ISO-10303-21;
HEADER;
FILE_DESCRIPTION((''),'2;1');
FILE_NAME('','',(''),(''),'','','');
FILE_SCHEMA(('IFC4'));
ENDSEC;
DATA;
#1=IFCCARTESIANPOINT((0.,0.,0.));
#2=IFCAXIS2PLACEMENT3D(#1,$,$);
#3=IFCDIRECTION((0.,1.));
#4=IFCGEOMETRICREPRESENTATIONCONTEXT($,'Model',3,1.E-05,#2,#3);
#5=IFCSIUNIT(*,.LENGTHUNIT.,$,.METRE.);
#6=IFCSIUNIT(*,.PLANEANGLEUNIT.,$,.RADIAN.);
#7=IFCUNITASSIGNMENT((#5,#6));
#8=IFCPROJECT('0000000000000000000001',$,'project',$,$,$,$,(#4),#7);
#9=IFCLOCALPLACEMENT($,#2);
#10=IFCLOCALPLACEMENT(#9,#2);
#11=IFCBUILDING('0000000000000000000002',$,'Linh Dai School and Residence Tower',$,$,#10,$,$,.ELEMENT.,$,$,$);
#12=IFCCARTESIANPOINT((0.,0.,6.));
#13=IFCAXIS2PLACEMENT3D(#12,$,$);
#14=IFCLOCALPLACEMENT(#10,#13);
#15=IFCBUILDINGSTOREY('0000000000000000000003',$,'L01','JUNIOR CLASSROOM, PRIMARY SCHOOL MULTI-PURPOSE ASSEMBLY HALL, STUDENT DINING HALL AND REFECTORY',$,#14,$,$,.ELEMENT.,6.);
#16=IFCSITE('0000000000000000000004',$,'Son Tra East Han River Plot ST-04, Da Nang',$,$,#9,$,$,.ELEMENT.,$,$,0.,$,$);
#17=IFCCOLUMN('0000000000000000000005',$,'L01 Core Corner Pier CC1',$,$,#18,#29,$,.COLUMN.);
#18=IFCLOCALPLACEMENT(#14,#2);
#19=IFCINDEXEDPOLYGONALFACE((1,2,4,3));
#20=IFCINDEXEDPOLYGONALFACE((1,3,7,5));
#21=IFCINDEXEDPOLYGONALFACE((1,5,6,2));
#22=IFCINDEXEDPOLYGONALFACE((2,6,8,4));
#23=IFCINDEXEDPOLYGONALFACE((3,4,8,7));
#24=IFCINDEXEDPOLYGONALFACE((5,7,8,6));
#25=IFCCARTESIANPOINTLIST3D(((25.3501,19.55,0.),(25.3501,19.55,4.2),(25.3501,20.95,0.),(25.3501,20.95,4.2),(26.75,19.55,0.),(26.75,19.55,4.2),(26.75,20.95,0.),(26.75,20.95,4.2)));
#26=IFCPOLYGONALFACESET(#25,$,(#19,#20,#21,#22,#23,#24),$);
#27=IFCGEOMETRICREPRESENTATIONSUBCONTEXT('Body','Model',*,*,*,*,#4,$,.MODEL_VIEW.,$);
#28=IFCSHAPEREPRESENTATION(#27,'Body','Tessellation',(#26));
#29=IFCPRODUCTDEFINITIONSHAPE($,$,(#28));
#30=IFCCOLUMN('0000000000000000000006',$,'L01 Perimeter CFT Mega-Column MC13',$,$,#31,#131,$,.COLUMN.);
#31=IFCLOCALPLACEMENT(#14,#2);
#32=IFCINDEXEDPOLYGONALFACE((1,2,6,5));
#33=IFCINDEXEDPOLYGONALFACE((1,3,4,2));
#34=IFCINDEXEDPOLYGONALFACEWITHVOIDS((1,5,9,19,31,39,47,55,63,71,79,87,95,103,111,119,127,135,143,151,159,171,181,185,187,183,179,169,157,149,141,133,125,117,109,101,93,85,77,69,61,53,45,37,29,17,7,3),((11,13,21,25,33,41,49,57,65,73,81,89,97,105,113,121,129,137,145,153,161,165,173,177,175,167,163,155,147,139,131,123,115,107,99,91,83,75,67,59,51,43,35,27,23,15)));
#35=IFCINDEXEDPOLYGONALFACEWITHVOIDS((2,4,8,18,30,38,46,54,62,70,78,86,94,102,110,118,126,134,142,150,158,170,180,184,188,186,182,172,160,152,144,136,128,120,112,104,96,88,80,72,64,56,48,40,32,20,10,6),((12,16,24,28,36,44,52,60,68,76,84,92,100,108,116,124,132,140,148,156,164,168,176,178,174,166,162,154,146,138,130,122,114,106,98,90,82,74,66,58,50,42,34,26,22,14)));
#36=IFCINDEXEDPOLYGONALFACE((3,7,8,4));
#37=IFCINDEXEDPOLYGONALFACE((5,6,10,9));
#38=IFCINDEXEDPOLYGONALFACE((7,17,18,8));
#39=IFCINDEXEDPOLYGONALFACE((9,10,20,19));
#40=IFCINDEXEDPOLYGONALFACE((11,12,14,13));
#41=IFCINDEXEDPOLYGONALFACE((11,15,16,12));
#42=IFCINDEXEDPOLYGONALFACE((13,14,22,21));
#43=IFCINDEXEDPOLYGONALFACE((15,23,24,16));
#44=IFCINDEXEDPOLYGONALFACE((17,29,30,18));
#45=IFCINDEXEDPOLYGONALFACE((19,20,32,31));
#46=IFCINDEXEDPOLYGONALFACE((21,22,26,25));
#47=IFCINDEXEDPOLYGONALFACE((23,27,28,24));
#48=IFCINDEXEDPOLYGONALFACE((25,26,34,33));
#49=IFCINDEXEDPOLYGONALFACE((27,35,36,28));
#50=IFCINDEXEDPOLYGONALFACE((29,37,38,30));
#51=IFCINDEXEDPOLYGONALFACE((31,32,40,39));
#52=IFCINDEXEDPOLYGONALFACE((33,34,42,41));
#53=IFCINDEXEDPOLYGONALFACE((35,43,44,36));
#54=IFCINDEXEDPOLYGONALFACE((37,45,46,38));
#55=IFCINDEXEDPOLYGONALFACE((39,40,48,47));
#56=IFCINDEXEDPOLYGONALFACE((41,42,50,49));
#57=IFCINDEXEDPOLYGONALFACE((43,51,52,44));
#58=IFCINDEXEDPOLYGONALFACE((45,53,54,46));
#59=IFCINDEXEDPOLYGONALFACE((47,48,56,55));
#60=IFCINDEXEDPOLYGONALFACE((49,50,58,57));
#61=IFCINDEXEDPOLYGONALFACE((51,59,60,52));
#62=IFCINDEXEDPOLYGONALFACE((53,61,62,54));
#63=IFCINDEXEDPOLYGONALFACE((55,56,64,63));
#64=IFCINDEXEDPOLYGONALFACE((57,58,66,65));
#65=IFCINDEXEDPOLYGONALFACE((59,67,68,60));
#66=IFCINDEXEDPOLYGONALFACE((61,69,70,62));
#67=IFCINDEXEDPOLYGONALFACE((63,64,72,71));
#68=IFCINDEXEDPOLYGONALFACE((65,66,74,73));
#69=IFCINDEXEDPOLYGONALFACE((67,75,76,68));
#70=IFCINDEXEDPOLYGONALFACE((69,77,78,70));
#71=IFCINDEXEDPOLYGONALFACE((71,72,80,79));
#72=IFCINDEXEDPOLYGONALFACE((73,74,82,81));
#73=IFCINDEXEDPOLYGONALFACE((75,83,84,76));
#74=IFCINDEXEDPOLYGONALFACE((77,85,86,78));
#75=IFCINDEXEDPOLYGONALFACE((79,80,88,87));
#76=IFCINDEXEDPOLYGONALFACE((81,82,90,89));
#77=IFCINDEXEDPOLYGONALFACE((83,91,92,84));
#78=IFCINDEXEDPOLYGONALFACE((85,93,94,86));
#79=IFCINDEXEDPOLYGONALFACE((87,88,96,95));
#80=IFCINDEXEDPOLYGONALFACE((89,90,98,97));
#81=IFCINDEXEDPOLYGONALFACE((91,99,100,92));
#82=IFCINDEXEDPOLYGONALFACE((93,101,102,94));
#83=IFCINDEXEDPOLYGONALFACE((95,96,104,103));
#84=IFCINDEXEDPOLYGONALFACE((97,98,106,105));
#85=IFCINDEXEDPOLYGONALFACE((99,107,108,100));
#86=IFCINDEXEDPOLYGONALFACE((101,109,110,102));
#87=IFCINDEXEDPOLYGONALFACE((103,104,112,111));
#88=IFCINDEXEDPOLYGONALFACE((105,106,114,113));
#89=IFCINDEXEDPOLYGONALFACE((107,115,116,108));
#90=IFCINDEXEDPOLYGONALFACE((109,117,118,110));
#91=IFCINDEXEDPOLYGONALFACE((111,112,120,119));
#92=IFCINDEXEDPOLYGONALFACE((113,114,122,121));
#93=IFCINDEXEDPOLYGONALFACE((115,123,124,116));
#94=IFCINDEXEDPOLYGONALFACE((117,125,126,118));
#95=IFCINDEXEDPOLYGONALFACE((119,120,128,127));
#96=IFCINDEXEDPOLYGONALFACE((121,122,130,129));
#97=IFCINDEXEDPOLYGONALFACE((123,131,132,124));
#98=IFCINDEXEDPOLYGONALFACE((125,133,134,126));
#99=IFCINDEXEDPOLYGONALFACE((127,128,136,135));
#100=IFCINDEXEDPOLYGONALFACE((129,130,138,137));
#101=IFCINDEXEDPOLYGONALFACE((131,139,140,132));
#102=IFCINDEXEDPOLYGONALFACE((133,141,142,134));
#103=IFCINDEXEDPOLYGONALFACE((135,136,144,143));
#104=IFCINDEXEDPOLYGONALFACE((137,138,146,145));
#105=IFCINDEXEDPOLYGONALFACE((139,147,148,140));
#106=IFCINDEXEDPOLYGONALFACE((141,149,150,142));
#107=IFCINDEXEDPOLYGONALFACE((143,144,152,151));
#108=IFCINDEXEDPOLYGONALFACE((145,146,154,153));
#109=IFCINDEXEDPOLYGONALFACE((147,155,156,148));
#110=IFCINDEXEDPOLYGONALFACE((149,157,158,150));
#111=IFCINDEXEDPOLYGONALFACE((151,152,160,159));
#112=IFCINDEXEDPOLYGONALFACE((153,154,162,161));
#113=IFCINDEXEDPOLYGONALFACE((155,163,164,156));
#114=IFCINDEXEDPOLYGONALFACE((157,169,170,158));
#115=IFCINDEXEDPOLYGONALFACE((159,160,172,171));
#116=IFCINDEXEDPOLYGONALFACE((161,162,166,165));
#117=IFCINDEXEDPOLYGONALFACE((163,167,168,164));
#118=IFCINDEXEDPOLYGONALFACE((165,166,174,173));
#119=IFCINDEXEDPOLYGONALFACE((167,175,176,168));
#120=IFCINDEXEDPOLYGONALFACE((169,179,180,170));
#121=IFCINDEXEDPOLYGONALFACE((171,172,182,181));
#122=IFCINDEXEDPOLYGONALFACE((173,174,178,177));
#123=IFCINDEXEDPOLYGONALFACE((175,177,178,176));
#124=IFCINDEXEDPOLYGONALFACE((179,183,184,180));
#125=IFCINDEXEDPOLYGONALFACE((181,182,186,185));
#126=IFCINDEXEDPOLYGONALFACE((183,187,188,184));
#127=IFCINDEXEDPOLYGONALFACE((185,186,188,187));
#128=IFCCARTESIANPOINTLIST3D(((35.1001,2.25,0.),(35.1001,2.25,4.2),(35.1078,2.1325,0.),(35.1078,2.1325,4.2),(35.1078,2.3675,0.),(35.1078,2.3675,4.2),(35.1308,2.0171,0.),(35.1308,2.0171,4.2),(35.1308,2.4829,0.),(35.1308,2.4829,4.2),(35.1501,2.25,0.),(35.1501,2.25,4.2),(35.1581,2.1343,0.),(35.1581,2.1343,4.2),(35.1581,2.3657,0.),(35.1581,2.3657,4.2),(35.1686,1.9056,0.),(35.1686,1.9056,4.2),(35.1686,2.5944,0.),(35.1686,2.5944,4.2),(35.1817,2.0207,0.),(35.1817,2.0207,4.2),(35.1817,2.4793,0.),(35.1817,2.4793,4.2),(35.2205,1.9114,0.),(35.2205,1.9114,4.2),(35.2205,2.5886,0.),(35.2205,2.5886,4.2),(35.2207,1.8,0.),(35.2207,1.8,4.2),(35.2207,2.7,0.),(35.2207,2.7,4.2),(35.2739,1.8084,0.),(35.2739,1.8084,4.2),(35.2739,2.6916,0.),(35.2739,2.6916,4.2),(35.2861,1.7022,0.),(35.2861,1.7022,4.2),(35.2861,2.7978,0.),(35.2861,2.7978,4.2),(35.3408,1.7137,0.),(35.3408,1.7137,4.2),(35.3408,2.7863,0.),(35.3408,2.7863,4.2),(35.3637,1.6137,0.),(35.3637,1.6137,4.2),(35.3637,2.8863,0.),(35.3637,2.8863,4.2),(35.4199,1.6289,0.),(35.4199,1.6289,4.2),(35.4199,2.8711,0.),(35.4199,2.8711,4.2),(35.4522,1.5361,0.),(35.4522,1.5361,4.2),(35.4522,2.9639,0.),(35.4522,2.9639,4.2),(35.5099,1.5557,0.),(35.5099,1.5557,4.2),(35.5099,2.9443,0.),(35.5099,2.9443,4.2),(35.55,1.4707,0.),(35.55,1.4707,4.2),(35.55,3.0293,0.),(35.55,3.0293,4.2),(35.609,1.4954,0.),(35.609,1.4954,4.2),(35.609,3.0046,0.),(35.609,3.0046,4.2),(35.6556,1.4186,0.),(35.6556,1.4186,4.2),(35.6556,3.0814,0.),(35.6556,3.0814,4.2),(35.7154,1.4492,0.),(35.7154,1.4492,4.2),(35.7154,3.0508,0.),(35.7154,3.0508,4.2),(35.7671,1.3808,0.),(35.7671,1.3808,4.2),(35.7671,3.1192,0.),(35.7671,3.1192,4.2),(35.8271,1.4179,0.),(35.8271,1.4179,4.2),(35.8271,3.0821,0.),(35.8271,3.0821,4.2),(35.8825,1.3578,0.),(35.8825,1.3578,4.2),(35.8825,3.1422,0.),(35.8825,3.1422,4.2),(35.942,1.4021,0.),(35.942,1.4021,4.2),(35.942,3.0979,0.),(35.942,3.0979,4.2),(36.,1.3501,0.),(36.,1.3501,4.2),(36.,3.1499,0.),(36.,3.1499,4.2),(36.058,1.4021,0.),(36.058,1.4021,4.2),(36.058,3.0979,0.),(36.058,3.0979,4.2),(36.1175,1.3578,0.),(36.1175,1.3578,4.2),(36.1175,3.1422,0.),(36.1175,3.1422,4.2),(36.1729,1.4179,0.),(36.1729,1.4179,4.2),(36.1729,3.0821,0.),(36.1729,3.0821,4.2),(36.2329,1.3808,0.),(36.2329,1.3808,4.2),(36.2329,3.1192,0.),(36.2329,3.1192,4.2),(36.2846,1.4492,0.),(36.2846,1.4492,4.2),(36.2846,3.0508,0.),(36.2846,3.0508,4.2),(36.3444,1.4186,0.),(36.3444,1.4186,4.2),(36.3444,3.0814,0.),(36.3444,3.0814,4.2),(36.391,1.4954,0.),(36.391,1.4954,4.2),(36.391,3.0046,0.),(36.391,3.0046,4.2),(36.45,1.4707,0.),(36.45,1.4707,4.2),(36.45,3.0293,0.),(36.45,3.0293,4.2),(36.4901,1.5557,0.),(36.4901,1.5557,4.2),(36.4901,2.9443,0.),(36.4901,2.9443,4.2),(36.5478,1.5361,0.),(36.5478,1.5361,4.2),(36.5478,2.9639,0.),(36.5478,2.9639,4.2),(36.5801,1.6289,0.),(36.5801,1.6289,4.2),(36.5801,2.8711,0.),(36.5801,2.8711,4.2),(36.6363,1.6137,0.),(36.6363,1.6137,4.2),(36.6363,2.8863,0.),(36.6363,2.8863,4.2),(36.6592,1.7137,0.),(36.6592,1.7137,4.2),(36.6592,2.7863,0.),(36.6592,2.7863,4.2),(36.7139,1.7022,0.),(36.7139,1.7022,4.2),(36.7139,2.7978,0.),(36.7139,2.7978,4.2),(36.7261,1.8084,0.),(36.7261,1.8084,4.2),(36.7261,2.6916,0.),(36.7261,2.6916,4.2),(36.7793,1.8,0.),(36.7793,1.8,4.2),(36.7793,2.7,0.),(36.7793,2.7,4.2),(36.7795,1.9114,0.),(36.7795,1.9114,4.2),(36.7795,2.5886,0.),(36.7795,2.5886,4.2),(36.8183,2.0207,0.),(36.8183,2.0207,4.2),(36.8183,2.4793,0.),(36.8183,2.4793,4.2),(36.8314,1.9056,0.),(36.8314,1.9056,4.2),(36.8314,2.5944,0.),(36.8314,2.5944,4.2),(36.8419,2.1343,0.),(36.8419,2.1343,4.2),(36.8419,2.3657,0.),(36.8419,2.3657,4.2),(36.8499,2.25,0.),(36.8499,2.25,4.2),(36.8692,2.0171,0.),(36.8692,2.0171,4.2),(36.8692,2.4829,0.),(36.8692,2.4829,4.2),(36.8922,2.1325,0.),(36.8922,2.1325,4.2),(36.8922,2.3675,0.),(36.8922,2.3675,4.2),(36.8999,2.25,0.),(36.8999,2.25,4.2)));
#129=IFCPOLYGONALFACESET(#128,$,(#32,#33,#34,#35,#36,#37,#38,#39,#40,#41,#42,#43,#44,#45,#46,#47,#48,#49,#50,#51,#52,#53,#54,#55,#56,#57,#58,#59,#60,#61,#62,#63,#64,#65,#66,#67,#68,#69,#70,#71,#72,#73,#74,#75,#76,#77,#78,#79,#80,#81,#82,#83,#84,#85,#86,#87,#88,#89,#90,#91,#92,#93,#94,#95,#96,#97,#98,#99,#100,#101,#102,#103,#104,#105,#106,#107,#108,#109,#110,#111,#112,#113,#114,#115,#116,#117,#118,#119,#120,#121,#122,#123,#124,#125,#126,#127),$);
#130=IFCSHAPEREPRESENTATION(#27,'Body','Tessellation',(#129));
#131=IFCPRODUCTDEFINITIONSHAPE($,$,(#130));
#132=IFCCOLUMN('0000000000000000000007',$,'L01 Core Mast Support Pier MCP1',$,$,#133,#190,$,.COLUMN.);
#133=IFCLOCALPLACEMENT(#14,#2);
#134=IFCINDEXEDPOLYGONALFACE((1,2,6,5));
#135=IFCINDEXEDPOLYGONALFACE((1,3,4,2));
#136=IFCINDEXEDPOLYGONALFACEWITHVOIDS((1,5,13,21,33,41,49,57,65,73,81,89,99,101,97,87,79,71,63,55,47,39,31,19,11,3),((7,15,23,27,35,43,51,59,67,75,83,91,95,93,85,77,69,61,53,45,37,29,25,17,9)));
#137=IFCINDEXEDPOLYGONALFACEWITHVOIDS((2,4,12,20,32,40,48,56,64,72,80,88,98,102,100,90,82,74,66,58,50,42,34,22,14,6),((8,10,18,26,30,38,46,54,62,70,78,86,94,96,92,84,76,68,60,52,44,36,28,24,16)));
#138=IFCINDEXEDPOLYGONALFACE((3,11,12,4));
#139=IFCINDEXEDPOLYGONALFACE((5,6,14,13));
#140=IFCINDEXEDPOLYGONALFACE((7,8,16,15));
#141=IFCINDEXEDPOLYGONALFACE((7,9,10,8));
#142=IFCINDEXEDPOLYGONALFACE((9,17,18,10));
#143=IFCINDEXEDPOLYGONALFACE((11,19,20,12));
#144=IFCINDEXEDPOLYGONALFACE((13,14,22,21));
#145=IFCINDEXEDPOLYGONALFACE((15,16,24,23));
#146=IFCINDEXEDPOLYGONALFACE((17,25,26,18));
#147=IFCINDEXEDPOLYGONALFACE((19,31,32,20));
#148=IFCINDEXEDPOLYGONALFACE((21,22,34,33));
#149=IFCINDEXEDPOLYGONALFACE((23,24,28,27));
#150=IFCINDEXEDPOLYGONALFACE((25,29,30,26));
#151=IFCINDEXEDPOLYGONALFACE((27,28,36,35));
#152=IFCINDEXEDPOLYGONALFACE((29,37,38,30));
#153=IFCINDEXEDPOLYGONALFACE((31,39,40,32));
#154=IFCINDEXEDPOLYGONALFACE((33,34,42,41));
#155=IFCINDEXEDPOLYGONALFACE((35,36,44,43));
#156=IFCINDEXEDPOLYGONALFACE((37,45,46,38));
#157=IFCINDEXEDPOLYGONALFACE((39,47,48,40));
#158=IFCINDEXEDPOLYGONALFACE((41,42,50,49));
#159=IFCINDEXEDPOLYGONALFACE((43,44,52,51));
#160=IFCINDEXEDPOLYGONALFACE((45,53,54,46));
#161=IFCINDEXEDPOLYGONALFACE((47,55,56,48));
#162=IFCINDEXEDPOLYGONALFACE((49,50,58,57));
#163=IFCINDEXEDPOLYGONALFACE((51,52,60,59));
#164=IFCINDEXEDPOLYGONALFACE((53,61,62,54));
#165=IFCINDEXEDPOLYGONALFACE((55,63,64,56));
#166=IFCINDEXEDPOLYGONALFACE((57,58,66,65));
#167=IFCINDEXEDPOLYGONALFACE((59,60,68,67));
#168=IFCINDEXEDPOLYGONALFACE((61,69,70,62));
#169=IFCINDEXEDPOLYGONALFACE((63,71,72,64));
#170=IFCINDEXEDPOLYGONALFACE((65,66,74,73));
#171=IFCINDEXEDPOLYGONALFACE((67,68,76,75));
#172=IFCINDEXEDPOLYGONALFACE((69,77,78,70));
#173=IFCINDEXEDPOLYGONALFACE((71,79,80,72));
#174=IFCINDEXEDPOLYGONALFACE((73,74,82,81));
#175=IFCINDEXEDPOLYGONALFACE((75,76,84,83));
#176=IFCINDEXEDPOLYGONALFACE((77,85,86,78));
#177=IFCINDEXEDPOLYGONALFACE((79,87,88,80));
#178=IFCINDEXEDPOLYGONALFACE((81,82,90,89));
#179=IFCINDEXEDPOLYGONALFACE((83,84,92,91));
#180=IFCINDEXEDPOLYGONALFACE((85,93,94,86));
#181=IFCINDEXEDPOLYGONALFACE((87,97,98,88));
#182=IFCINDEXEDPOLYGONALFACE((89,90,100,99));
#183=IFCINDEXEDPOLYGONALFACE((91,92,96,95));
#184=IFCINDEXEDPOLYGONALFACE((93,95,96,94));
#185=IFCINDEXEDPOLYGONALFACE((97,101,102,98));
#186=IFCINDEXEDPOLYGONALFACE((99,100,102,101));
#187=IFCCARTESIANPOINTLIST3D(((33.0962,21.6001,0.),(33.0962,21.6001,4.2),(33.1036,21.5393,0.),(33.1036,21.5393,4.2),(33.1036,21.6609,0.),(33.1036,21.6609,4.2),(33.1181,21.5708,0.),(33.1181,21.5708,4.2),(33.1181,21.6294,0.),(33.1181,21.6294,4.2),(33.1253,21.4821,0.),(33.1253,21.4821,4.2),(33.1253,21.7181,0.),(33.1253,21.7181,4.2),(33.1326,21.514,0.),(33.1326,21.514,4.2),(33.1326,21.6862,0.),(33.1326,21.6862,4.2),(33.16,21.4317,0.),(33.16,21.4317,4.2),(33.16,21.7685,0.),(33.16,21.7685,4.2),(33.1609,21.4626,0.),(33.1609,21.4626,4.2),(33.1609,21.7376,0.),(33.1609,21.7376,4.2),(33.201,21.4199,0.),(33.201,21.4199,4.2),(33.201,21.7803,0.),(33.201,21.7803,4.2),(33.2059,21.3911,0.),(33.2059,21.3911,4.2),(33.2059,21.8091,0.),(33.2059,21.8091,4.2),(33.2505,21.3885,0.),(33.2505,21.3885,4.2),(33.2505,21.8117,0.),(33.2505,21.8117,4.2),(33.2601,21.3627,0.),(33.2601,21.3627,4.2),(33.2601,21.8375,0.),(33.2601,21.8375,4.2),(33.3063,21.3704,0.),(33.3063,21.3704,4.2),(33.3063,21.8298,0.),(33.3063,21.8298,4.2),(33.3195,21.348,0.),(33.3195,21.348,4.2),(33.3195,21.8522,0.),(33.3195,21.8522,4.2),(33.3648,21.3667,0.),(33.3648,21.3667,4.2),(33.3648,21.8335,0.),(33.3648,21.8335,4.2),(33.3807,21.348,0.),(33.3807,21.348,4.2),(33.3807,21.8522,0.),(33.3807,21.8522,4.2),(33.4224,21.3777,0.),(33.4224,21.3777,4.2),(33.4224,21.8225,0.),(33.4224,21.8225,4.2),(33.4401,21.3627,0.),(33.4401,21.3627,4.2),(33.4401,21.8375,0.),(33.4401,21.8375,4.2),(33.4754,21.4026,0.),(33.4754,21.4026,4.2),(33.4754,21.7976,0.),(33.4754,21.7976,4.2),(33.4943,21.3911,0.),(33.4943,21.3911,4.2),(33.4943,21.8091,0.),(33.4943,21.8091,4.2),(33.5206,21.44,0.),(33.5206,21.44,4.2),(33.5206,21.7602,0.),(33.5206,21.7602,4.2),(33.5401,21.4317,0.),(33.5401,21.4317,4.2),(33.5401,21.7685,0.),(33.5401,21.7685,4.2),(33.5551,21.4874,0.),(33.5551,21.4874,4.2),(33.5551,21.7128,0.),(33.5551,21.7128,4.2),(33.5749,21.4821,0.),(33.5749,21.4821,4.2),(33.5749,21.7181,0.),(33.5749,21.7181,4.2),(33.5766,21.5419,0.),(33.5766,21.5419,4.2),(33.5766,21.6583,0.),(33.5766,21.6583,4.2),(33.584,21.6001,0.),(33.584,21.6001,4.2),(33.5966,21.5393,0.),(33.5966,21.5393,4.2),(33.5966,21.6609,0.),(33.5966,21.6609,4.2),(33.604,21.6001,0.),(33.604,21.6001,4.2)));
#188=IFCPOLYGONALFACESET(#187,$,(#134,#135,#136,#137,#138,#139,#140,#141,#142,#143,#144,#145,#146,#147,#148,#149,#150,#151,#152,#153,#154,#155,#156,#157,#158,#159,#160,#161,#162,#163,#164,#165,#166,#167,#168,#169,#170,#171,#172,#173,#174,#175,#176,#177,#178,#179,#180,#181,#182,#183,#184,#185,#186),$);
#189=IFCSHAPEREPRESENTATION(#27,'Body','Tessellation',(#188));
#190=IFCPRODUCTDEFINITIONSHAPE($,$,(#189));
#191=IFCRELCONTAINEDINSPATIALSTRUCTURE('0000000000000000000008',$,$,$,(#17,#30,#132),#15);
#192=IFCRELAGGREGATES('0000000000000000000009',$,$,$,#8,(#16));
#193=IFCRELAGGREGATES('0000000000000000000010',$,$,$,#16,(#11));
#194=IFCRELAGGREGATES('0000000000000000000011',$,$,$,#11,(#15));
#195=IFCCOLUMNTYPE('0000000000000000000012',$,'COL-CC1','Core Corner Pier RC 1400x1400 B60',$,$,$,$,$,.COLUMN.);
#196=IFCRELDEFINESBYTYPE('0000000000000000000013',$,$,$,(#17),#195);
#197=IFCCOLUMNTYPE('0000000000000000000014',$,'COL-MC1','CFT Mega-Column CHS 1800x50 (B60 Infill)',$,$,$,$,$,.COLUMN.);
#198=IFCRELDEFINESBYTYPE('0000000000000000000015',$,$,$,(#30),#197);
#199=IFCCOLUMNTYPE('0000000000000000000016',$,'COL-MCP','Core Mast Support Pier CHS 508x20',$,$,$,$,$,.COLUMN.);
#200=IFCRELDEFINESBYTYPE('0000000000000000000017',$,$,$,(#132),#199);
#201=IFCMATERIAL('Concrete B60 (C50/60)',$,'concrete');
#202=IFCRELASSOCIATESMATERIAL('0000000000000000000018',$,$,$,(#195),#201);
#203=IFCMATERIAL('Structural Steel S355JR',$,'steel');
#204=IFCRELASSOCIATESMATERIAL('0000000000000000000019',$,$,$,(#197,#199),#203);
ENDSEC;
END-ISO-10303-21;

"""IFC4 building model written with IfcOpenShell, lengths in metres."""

from ifc_helpers import new_model, si_unit, direction, frame, origin, origin_2d, place, context, subcontext, project, spatial, rectangle, hollow_circle, extrude, material, material_profile, profile_set, type_object, element, save


model = new_model("IFC4")

# Units and contexts
model_context = context("Model", 3, precision=1e-05, world=origin(), true_north=direction((0.0, 1.0)))
body_context = subcontext(model_context, "Body", "Model", "MODEL_VIEW")
ifc_project = project(units=[si_unit("LENGTHUNIT", "METRE"), si_unit("PLANEANGLEUNIT", "RADIAN")], contexts=[model_context])

# Site, building, storey
site_placement = place(None, origin())
site = spatial("IfcSite", under=ifc_project, at=site_placement, Name="Son Tra East Han River Plot ST-04, Da Nang", CompositionType="ELEMENT", RefElevation=0.0)
building_placement = place(site_placement, origin())
building = spatial("IfcBuilding", under=site, at=building_placement, Name="Linh Dai School and Residence Tower", CompositionType="ELEMENT")
storey_placement = place(building_placement, frame((0.0, 0.0, 6.0)))
storey = spatial("IfcBuildingStorey", under=building, at=storey_placement, Name="L01", Description="JUNIOR CLASSROOM, PRIMARY SCHOOL MULTI-PURPOSE ASSEMBLY HALL, STUDENT DINING HALL AND REFECTORY", CompositionType="ELEMENT", Elevation=6.0)

# Columns
ifc_material_1 = material(Name="Concrete B60 (C50/60)", Category="concrete")
ifc_material_profile_1 = material_profile(ifc_material_1, rectangle(XDim=1.3999, YDim=1.3999, at=origin_2d()), Name="RC 1400x1400")
ifc_profile_set_1 = profile_set([ifc_material_profile_1], Name="Concrete B60 (C50/60)")
column_type_1 = type_object("IfcColumnType", Name="COL-CC1", Description="Core Corner Pier RC 1400x1400 B60", PredefinedType="COLUMN", material=ifc_profile_set_1)
column_1_placement = place(storey_placement, frame((26.05, 20.25, 0.0), z_axis=(0.0, 0.0, 1.0), x_axis=(1.0, 0.0, 0.0)))
element("IfcColumn", 1, at=column_1_placement, inside=storey, type_object=column_type_1, Name="L01 Core Corner Pier CC1", PredefinedType="COLUMN", context=body_context, shape_type="SweptSolid", body=[
    extrude(rectangle(XDim=1.3999, YDim=1.3999, at=origin_2d()), origin(), (0.0, 0.0, 1.0), 4.2),
])
ifc_material_2 = material(Name="Structural Steel S355JR", Category="steel")
ifc_material_profile_2 = material_profile(ifc_material_2, hollow_circle(Radius=0.8999, WallThickness=0.05, at=origin_2d()), Name="CHS 1800x50")
ifc_profile_set_2 = profile_set([ifc_material_profile_2], Name="Structural Steel S355JR")
column_type_2 = type_object("IfcColumnType", Name="COL-MC1", Description="CFT Mega-Column CHS 1800x50 (B60 Infill)", PredefinedType="COLUMN", material=ifc_profile_set_2)
column_2_placement = place(storey_placement, frame((36.0, 2.25, 0.0), z_axis=(0.0, 0.0, 1.0), x_axis=(1.0, 0.0, 0.0)))
element("IfcColumn", 2, at=column_2_placement, inside=storey, type_object=column_type_2, Name="L01 Perimeter CFT Mega-Column MC13", PredefinedType="COLUMN", context=body_context, shape_type="SweptSolid", body=[
    extrude(hollow_circle(Radius=0.8999, WallThickness=0.05, at=origin_2d()), origin(), (0.0, 0.0, 1.0), 4.2),
])
ifc_material_profile_3 = material_profile(ifc_material_2, hollow_circle(Radius=0.2539, WallThickness=0.02, at=origin_2d()), Name="CHS 508x20")
ifc_profile_set_3 = profile_set([ifc_material_profile_3], Name="Structural Steel S355JR")
column_type_3 = type_object("IfcColumnType", Name="COL-MCP", Description="Core Mast Support Pier CHS 508x20", PredefinedType="COLUMN", material=ifc_profile_set_3)
column_3_placement = place(storey_placement, frame((33.3501, 21.6001, 0.0), z_axis=(0.0, 0.0, 1.0), x_axis=(1.0, 0.0, 0.0)))
element("IfcColumn", 3, at=column_3_placement, inside=storey, type_object=column_type_3, Name="L01 Core Mast Support Pier MCP1", PredefinedType="COLUMN", context=body_context, shape_type="SweptSolid", body=[
    extrude(hollow_circle(Radius=0.2539, WallThickness=0.02, at=origin_2d()), origin(), (0.0, 0.0, 1.0), 4.2),
])

save(model, "model.ifc")
